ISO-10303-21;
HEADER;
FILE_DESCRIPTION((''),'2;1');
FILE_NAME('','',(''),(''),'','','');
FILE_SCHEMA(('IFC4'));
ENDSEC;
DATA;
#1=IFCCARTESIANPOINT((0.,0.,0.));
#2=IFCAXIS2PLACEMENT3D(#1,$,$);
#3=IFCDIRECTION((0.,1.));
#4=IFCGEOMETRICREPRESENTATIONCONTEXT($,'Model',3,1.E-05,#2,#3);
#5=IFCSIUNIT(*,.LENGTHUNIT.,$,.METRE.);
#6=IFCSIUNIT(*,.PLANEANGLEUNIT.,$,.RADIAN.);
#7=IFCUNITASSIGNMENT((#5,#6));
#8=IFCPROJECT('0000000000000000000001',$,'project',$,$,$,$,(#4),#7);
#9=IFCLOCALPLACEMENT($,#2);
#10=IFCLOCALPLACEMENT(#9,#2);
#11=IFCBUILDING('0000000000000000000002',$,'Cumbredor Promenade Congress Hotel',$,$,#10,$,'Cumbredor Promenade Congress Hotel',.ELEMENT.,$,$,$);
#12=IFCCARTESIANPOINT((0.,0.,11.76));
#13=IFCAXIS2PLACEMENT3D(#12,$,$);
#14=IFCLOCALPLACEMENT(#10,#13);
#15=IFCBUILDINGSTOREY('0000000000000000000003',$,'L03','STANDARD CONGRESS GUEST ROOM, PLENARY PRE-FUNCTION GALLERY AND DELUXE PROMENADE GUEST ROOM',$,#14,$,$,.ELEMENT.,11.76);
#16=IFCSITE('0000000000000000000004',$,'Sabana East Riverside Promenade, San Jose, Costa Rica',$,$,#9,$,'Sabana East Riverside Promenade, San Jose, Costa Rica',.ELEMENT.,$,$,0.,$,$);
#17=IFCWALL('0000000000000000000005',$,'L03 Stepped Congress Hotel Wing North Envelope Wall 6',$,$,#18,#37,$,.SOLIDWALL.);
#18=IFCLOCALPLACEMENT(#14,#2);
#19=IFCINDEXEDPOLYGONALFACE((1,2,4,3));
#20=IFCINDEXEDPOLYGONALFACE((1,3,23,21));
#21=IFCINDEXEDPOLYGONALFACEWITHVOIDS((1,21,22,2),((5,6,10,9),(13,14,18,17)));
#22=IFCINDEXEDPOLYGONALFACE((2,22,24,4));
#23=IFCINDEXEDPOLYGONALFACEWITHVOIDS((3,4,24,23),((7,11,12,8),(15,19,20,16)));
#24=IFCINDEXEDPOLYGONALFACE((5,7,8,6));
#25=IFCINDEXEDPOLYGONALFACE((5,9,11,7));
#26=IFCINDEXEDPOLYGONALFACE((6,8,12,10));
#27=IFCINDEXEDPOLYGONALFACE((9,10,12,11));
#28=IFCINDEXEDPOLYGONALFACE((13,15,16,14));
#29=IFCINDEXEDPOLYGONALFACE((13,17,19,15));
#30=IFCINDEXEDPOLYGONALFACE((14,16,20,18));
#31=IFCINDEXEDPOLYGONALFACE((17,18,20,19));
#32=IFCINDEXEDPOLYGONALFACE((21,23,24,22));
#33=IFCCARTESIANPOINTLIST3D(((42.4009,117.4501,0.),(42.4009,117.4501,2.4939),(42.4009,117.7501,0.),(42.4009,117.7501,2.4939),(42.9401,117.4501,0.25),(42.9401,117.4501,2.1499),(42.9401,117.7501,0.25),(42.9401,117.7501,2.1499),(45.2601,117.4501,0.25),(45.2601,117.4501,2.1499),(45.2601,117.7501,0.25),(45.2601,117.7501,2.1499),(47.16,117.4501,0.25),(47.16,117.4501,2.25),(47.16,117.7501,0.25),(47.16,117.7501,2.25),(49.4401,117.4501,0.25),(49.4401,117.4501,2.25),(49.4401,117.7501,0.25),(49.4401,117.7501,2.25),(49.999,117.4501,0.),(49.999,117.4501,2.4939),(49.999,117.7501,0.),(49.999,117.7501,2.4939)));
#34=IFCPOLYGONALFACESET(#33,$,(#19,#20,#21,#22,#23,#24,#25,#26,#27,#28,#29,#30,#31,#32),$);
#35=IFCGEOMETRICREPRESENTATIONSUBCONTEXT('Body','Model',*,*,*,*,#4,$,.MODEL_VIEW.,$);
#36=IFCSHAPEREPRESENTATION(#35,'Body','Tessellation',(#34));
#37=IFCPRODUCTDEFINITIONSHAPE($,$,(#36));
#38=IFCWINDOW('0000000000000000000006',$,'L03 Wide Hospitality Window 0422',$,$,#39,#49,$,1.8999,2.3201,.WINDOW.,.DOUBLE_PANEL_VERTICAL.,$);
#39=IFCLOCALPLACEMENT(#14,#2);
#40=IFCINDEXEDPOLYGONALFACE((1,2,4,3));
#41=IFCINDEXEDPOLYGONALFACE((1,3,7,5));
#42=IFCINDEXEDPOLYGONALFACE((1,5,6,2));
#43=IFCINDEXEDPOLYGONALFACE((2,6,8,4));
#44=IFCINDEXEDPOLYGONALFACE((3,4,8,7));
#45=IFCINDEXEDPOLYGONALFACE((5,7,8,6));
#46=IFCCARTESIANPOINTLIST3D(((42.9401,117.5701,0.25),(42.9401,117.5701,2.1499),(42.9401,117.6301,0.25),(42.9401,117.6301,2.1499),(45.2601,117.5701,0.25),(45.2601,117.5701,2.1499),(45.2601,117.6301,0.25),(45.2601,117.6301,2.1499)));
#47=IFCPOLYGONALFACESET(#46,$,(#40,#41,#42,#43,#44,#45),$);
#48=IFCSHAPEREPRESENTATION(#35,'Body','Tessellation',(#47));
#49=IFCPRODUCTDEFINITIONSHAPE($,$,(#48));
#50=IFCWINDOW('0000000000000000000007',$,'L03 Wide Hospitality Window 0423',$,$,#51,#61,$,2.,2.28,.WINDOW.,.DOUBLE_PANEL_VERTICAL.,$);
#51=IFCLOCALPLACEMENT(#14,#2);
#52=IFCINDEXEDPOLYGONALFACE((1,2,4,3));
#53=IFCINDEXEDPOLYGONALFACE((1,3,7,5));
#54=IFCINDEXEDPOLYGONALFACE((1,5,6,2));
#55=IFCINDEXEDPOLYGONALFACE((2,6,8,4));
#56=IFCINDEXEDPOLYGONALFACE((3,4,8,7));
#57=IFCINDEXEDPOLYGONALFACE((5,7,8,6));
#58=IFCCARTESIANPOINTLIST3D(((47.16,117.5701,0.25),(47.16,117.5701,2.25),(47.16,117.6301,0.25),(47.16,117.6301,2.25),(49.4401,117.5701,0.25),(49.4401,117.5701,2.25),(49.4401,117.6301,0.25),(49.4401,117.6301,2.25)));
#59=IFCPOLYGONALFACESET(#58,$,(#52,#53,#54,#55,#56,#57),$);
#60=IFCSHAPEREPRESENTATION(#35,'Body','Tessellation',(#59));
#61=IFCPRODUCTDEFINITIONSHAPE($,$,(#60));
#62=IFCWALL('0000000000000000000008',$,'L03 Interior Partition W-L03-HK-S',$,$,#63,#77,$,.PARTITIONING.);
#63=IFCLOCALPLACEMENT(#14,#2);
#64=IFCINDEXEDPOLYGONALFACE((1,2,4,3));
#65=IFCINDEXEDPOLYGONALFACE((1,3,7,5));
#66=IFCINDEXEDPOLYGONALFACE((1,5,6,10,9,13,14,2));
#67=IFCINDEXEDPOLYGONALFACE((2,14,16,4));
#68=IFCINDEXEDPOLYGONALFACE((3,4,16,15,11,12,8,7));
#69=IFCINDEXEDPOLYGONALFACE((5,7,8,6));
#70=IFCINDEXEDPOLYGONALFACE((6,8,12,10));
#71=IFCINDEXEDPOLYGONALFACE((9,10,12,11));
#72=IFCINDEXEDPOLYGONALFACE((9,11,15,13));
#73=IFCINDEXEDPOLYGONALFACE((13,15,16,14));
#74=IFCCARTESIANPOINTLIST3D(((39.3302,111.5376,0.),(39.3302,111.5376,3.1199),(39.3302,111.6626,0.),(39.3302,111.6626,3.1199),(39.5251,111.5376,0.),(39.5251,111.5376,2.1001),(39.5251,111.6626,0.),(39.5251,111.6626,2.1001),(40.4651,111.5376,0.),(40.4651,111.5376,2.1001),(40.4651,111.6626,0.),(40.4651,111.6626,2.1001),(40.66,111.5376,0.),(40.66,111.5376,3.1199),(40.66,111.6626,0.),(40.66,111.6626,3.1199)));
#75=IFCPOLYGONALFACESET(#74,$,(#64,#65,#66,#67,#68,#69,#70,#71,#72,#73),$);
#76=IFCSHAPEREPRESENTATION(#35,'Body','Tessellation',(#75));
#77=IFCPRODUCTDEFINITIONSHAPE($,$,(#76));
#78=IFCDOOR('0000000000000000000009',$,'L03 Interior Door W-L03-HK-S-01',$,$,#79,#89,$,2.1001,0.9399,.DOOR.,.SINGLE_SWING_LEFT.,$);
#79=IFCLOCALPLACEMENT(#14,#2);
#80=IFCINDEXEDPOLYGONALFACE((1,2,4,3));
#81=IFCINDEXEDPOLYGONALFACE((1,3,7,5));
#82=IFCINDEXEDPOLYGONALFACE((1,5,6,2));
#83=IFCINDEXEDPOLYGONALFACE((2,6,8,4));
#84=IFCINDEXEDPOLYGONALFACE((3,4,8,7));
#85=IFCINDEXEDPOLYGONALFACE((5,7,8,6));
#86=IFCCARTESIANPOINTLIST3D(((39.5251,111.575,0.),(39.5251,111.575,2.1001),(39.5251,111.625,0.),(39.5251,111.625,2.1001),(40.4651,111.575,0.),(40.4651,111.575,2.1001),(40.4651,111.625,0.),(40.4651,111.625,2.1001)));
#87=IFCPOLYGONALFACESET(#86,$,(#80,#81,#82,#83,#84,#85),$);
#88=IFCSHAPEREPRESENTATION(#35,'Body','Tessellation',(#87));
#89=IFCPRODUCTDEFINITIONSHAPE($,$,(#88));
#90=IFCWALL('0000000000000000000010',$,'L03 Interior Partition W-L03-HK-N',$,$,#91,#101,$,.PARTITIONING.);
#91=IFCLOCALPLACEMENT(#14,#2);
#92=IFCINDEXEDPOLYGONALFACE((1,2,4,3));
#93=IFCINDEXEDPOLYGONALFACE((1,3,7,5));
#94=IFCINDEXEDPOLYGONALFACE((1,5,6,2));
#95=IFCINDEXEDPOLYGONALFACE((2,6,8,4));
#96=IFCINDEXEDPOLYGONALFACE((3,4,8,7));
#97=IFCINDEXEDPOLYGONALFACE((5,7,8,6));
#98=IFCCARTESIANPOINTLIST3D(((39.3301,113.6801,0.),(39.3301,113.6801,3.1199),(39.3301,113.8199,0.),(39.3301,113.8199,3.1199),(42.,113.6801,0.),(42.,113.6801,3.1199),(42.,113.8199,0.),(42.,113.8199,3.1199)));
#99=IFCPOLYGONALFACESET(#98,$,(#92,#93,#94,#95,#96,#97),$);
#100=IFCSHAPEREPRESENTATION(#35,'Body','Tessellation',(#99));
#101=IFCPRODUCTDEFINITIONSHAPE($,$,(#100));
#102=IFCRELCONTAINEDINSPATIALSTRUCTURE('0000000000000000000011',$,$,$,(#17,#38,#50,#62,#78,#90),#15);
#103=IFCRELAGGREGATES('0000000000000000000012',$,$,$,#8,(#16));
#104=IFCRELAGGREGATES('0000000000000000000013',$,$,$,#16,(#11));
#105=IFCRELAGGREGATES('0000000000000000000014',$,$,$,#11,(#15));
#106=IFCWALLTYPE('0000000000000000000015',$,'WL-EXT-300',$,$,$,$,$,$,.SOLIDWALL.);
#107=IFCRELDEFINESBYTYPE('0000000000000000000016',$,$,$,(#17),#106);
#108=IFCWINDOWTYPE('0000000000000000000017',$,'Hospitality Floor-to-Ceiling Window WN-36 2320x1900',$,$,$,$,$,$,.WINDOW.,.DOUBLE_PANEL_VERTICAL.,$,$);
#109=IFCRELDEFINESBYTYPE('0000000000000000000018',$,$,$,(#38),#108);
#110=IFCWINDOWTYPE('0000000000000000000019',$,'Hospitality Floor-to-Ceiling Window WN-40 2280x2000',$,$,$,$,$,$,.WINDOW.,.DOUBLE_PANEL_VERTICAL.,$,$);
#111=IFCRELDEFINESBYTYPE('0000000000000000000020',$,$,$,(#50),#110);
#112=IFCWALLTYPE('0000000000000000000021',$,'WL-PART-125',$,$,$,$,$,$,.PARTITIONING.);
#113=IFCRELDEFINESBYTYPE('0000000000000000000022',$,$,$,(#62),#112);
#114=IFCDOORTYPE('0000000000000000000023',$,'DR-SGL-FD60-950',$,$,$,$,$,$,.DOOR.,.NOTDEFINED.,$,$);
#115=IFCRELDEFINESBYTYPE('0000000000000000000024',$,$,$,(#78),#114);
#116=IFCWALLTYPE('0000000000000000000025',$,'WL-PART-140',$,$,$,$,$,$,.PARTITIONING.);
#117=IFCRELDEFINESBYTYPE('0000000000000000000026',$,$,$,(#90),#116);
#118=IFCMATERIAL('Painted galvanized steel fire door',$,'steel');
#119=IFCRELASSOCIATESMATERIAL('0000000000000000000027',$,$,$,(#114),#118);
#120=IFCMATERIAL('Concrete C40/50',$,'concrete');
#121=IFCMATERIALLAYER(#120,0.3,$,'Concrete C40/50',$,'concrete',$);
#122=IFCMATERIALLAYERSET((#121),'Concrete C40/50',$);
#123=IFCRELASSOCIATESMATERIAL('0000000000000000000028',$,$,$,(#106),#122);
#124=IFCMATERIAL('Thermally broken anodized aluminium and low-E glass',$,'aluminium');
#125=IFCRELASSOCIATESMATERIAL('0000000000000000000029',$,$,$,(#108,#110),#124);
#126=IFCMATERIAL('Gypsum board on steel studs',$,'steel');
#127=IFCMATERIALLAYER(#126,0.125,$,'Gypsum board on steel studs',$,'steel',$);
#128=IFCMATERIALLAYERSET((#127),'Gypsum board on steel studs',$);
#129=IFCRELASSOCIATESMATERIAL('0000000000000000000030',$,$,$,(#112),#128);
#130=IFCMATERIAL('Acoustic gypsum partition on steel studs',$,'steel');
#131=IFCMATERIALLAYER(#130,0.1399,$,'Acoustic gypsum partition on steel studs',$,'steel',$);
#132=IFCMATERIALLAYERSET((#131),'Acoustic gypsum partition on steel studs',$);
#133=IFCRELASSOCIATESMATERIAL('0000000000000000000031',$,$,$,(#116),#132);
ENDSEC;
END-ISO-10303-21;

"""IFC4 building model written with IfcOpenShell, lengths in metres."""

from ifc_helpers import new_model, si_unit, direction, frame, frame_2d, origin, place, context, subcontext, project, spatial, rectangle, extrude, material, layer, layer_set, type_object, element, fill, save


model = new_model("IFC4")

# Units and contexts
model_context = context("Model", 3, precision=1e-05, world=origin(), true_north=direction((0.0, 1.0)))
body_context = subcontext(model_context, "Body", "Model", "MODEL_VIEW")
ifc_project = project(units=[si_unit("LENGTHUNIT", "METRE"), si_unit("PLANEANGLEUNIT", "RADIAN")], contexts=[model_context])

# Site, building, storey
site_placement = place(None, origin())
site = spatial("IfcSite", under=ifc_project, at=site_placement, Name="Sabana East Riverside Promenade, San Jose, Costa Rica", LongName="Sabana East Riverside Promenade, San Jose, Costa Rica", CompositionType="ELEMENT", RefElevation=0.0)
building_placement = place(site_placement, origin())
building = spatial("IfcBuilding", under=site, at=building_placement, Name="Cumbredor Promenade Congress Hotel", LongName="Cumbredor Promenade Congress Hotel", CompositionType="ELEMENT")
storey_placement = place(building_placement, frame((0.0, 0.0, 11.76)))
storey = spatial("IfcBuildingStorey", under=building, at=storey_placement, Name="L03", Description="STANDARD CONGRESS GUEST ROOM, PLENARY PRE-FUNCTION GALLERY AND DELUXE PROMENADE GUEST ROOM", CompositionType="ELEMENT", Elevation=11.76)

# Shared definitions
ifc_material_1 = material(Name="Concrete C40/50", Category="concrete")

# Shared definitions
ifc_material_2 = material(Name="Thermally broken anodized aluminium and low-E glass", Category="aluminium")

# Shared definitions
ifc_material_3 = material(Name="Painted galvanized steel fire door", Category="steel")
door_type_1 = type_object("IfcDoorType", Name="DR-SGL-FD60-950", OperationType="NOTDEFINED", PredefinedType="DOOR", material=ifc_material_3)

# Wall, openings, windows
ifc_layer_1 = layer(ifc_material_1, 0.3, Name="Concrete C40/50", Category="concrete")
ifc_layer_set_1 = layer_set([ifc_layer_1], Name="Concrete C40/50")
wall_type_1 = type_object("IfcWallType", Name="WL-EXT-300", PredefinedType="SOLIDWALL", material=ifc_layer_set_1)
wall_1_placement = place(storey_placement, frame((42.4009, 117.6001, 0.0), z_axis=(0.0, 0.0, 1.0), x_axis=(1.0, 0.0, 0.0)))
wall_1 = element("IfcWall", 1, at=wall_1_placement, inside=storey, type_object=wall_type_1, Name="L03 Stepped Congress Hotel Wing North Envelope Wall 6", PredefinedType="SOLIDWALL", context=body_context, shape_type="SweptSolid", body=[
    extrude(rectangle(XDim=7.5981, YDim=0.3, at=frame_2d((3.7991, 0.0))), origin(), (0.0, 0.0, 1.0), 2.4939),
])
opening_1_placement = place(wall_1_placement, frame((0.5391, 0.0, 0.25)))
opening_1 = element("IfcOpeningElement", 2, at=opening_1_placement, cuts=wall_1, PredefinedType="OPENING", context=body_context, shape_type="SweptSolid", body=[
    extrude(rectangle(XDim=2.3201, YDim=1.8999, at=frame_2d((1.1602, 0.95))), frame((0.0, 0.1602, 0.0), z_axis=(0.0, -1.0, 0.0), x_axis=(1.0, 0.0, 0.0)), (0.0, 0.0, 1.0), 0.3201),
])
opening_2_placement = place(wall_1_placement, frame((4.759, 0.0, 0.25)))
opening_2 = element("IfcOpeningElement", 3, at=opening_2_placement, cuts=wall_1, PredefinedType="OPENING", context=body_context, shape_type="SweptSolid", body=[
    extrude(rectangle(XDim=2.28, YDim=2.0, at=frame_2d((1.1401, 1.0))), frame((0.0, 0.1602, 0.0), z_axis=(0.0, -1.0, 0.0), x_axis=(1.0, 0.0, 0.0)), (0.0, 0.0, 1.0), 0.3201),
])
window_type_1 = type_object("IfcWindowType", Name="Hospitality Floor-to-Ceiling Window WN-36 2320x1900", PartitioningType="DOUBLE_PANEL_VERTICAL", PredefinedType="WINDOW", material=ifc_material_2)
window_1_placement = place(opening_1_placement, origin())
window_1 = element("IfcWindow", 4, at=window_1_placement, inside=storey, type_object=window_type_1, Name="L03 Wide Hospitality Window 0422", OverallHeight=1.8999, OverallWidth=2.3201, PartitioningType="DOUBLE_PANEL_VERTICAL", PredefinedType="WINDOW", context=body_context, shape_type="SweptSolid", body=[
    extrude(rectangle(XDim=2.3201, YDim=1.8999, at=frame_2d((1.1602, 0.95))), frame((0.0, 0.03, 0.0), z_axis=(0.0, -1.0, 0.0), x_axis=(1.0, 0.0, 0.0)), (0.0, 0.0, 1.0), 0.0601),
])
fill(opening_1, window_1)
window_type_2 = type_object("IfcWindowType", Name="Hospitality Floor-to-Ceiling Window WN-40 2280x2000", PartitioningType="DOUBLE_PANEL_VERTICAL", PredefinedType="WINDOW", material=ifc_material_2)
window_2_placement = place(opening_2_placement, origin())
window_2 = element("IfcWindow", 5, at=window_2_placement, inside=storey, type_object=window_type_2, Name="L03 Wide Hospitality Window 0423", OverallHeight=2.0, OverallWidth=2.28, PartitioningType="DOUBLE_PANEL_VERTICAL", PredefinedType="WINDOW", context=body_context, shape_type="SweptSolid", body=[
    extrude(rectangle(XDim=2.28, YDim=2.0, at=frame_2d((1.1401, 1.0))), frame((0.0, 0.03, 0.0), z_axis=(0.0, -1.0, 0.0), x_axis=(1.0, 0.0, 0.0)), (0.0, 0.0, 1.0), 0.0601),
])
fill(opening_2, window_2)

# Wall, opening, door
ifc_material_4 = material(Name="Gypsum board on steel studs", Category="steel")
ifc_layer_2 = layer(ifc_material_4, 0.125, Name="Gypsum board on steel studs", Category="steel")
ifc_layer_set_2 = layer_set([ifc_layer_2], Name="Gypsum board on steel studs")
wall_type_2 = type_object("IfcWallType", Name="WL-PART-125", PredefinedType="PARTITIONING", material=ifc_layer_set_2)
wall_2_placement = place(storey_placement, frame((39.3301, 111.6001, 0.0), z_axis=(0.0, 0.0, 1.0), x_axis=(1.0, 0.0, 0.0)))
wall_2 = element("IfcWall", 6, at=wall_2_placement, inside=storey, type_object=wall_type_2, Name="L03 Interior Partition W-L03-HK-S", PredefinedType="PARTITIONING", context=body_context, shape_type="SweptSolid", body=[
    extrude(rectangle(XDim=1.3298, YDim=0.125, at=frame_2d((0.665, 0.0))), origin(), (0.0, 0.0, 1.0), 3.1199),
])
opening_3_placement = place(wall_2_placement, frame((0.1951, 0.0, 0.0)))
opening_3 = element("IfcOpeningElement", 7, at=opening_3_placement, cuts=wall_2, PredefinedType="OPENING", context=body_context, shape_type="SweptSolid", body=[
    extrude(rectangle(XDim=0.9399, YDim=2.1001, at=frame_2d((0.47, 1.05))), frame((0.0, 0.0725, 0.0), z_axis=(0.0, -1.0, 0.0), x_axis=(1.0, 0.0, 0.0)), (0.0, 0.0, 1.0), 0.145),
])
door_1_placement = place(opening_3_placement, origin())
door_1 = element("IfcDoor", 8, at=door_1_placement, inside=storey, type_object=door_type_1, Name="L03 Interior Door W-L03-HK-S-01", OperationType="SINGLE_SWING_LEFT", OverallHeight=2.1001, OverallWidth=0.9399, PredefinedType="DOOR", context=body_context, shape_type="SweptSolid", body=[
    extrude(rectangle(XDim=0.9399, YDim=2.1001, at=frame_2d((0.47, 1.05))), frame((0.0, 0.0249, 0.0), z_axis=(0.0, -1.0, 0.0), x_axis=(1.0, 0.0, 0.0)), (0.0, 0.0, 1.0), 0.05),
])
fill(opening_3, door_1)

# Wall
ifc_material_5 = material(Name="Acoustic gypsum partition on steel studs", Category="steel")
ifc_layer_3 = layer(ifc_material_5, 0.1399, Name="Acoustic gypsum partition on steel studs", Category="steel")
ifc_layer_set_3 = layer_set([ifc_layer_3], Name="Acoustic gypsum partition on steel studs")
wall_type_3 = type_object("IfcWallType", Name="WL-PART-140", PredefinedType="PARTITIONING", material=ifc_layer_set_3)
wall_3_placement = place(storey_placement, frame((39.3301, 113.75, 0.0), z_axis=(0.0, 0.0, 1.0), x_axis=(1.0, 0.0, 0.0)))
element("IfcWall", 9, at=wall_3_placement, inside=storey, type_object=wall_type_3, Name="L03 Interior Partition W-L03-HK-N", PredefinedType="PARTITIONING", context=body_context, shape_type="SweptSolid", body=[
    extrude(rectangle(XDim=2.6699, YDim=0.1399, at=frame_2d((1.335, 0.0))), origin(), (0.0, 0.0, 1.0), 3.1199),
])

save(model, "model.ifc")
